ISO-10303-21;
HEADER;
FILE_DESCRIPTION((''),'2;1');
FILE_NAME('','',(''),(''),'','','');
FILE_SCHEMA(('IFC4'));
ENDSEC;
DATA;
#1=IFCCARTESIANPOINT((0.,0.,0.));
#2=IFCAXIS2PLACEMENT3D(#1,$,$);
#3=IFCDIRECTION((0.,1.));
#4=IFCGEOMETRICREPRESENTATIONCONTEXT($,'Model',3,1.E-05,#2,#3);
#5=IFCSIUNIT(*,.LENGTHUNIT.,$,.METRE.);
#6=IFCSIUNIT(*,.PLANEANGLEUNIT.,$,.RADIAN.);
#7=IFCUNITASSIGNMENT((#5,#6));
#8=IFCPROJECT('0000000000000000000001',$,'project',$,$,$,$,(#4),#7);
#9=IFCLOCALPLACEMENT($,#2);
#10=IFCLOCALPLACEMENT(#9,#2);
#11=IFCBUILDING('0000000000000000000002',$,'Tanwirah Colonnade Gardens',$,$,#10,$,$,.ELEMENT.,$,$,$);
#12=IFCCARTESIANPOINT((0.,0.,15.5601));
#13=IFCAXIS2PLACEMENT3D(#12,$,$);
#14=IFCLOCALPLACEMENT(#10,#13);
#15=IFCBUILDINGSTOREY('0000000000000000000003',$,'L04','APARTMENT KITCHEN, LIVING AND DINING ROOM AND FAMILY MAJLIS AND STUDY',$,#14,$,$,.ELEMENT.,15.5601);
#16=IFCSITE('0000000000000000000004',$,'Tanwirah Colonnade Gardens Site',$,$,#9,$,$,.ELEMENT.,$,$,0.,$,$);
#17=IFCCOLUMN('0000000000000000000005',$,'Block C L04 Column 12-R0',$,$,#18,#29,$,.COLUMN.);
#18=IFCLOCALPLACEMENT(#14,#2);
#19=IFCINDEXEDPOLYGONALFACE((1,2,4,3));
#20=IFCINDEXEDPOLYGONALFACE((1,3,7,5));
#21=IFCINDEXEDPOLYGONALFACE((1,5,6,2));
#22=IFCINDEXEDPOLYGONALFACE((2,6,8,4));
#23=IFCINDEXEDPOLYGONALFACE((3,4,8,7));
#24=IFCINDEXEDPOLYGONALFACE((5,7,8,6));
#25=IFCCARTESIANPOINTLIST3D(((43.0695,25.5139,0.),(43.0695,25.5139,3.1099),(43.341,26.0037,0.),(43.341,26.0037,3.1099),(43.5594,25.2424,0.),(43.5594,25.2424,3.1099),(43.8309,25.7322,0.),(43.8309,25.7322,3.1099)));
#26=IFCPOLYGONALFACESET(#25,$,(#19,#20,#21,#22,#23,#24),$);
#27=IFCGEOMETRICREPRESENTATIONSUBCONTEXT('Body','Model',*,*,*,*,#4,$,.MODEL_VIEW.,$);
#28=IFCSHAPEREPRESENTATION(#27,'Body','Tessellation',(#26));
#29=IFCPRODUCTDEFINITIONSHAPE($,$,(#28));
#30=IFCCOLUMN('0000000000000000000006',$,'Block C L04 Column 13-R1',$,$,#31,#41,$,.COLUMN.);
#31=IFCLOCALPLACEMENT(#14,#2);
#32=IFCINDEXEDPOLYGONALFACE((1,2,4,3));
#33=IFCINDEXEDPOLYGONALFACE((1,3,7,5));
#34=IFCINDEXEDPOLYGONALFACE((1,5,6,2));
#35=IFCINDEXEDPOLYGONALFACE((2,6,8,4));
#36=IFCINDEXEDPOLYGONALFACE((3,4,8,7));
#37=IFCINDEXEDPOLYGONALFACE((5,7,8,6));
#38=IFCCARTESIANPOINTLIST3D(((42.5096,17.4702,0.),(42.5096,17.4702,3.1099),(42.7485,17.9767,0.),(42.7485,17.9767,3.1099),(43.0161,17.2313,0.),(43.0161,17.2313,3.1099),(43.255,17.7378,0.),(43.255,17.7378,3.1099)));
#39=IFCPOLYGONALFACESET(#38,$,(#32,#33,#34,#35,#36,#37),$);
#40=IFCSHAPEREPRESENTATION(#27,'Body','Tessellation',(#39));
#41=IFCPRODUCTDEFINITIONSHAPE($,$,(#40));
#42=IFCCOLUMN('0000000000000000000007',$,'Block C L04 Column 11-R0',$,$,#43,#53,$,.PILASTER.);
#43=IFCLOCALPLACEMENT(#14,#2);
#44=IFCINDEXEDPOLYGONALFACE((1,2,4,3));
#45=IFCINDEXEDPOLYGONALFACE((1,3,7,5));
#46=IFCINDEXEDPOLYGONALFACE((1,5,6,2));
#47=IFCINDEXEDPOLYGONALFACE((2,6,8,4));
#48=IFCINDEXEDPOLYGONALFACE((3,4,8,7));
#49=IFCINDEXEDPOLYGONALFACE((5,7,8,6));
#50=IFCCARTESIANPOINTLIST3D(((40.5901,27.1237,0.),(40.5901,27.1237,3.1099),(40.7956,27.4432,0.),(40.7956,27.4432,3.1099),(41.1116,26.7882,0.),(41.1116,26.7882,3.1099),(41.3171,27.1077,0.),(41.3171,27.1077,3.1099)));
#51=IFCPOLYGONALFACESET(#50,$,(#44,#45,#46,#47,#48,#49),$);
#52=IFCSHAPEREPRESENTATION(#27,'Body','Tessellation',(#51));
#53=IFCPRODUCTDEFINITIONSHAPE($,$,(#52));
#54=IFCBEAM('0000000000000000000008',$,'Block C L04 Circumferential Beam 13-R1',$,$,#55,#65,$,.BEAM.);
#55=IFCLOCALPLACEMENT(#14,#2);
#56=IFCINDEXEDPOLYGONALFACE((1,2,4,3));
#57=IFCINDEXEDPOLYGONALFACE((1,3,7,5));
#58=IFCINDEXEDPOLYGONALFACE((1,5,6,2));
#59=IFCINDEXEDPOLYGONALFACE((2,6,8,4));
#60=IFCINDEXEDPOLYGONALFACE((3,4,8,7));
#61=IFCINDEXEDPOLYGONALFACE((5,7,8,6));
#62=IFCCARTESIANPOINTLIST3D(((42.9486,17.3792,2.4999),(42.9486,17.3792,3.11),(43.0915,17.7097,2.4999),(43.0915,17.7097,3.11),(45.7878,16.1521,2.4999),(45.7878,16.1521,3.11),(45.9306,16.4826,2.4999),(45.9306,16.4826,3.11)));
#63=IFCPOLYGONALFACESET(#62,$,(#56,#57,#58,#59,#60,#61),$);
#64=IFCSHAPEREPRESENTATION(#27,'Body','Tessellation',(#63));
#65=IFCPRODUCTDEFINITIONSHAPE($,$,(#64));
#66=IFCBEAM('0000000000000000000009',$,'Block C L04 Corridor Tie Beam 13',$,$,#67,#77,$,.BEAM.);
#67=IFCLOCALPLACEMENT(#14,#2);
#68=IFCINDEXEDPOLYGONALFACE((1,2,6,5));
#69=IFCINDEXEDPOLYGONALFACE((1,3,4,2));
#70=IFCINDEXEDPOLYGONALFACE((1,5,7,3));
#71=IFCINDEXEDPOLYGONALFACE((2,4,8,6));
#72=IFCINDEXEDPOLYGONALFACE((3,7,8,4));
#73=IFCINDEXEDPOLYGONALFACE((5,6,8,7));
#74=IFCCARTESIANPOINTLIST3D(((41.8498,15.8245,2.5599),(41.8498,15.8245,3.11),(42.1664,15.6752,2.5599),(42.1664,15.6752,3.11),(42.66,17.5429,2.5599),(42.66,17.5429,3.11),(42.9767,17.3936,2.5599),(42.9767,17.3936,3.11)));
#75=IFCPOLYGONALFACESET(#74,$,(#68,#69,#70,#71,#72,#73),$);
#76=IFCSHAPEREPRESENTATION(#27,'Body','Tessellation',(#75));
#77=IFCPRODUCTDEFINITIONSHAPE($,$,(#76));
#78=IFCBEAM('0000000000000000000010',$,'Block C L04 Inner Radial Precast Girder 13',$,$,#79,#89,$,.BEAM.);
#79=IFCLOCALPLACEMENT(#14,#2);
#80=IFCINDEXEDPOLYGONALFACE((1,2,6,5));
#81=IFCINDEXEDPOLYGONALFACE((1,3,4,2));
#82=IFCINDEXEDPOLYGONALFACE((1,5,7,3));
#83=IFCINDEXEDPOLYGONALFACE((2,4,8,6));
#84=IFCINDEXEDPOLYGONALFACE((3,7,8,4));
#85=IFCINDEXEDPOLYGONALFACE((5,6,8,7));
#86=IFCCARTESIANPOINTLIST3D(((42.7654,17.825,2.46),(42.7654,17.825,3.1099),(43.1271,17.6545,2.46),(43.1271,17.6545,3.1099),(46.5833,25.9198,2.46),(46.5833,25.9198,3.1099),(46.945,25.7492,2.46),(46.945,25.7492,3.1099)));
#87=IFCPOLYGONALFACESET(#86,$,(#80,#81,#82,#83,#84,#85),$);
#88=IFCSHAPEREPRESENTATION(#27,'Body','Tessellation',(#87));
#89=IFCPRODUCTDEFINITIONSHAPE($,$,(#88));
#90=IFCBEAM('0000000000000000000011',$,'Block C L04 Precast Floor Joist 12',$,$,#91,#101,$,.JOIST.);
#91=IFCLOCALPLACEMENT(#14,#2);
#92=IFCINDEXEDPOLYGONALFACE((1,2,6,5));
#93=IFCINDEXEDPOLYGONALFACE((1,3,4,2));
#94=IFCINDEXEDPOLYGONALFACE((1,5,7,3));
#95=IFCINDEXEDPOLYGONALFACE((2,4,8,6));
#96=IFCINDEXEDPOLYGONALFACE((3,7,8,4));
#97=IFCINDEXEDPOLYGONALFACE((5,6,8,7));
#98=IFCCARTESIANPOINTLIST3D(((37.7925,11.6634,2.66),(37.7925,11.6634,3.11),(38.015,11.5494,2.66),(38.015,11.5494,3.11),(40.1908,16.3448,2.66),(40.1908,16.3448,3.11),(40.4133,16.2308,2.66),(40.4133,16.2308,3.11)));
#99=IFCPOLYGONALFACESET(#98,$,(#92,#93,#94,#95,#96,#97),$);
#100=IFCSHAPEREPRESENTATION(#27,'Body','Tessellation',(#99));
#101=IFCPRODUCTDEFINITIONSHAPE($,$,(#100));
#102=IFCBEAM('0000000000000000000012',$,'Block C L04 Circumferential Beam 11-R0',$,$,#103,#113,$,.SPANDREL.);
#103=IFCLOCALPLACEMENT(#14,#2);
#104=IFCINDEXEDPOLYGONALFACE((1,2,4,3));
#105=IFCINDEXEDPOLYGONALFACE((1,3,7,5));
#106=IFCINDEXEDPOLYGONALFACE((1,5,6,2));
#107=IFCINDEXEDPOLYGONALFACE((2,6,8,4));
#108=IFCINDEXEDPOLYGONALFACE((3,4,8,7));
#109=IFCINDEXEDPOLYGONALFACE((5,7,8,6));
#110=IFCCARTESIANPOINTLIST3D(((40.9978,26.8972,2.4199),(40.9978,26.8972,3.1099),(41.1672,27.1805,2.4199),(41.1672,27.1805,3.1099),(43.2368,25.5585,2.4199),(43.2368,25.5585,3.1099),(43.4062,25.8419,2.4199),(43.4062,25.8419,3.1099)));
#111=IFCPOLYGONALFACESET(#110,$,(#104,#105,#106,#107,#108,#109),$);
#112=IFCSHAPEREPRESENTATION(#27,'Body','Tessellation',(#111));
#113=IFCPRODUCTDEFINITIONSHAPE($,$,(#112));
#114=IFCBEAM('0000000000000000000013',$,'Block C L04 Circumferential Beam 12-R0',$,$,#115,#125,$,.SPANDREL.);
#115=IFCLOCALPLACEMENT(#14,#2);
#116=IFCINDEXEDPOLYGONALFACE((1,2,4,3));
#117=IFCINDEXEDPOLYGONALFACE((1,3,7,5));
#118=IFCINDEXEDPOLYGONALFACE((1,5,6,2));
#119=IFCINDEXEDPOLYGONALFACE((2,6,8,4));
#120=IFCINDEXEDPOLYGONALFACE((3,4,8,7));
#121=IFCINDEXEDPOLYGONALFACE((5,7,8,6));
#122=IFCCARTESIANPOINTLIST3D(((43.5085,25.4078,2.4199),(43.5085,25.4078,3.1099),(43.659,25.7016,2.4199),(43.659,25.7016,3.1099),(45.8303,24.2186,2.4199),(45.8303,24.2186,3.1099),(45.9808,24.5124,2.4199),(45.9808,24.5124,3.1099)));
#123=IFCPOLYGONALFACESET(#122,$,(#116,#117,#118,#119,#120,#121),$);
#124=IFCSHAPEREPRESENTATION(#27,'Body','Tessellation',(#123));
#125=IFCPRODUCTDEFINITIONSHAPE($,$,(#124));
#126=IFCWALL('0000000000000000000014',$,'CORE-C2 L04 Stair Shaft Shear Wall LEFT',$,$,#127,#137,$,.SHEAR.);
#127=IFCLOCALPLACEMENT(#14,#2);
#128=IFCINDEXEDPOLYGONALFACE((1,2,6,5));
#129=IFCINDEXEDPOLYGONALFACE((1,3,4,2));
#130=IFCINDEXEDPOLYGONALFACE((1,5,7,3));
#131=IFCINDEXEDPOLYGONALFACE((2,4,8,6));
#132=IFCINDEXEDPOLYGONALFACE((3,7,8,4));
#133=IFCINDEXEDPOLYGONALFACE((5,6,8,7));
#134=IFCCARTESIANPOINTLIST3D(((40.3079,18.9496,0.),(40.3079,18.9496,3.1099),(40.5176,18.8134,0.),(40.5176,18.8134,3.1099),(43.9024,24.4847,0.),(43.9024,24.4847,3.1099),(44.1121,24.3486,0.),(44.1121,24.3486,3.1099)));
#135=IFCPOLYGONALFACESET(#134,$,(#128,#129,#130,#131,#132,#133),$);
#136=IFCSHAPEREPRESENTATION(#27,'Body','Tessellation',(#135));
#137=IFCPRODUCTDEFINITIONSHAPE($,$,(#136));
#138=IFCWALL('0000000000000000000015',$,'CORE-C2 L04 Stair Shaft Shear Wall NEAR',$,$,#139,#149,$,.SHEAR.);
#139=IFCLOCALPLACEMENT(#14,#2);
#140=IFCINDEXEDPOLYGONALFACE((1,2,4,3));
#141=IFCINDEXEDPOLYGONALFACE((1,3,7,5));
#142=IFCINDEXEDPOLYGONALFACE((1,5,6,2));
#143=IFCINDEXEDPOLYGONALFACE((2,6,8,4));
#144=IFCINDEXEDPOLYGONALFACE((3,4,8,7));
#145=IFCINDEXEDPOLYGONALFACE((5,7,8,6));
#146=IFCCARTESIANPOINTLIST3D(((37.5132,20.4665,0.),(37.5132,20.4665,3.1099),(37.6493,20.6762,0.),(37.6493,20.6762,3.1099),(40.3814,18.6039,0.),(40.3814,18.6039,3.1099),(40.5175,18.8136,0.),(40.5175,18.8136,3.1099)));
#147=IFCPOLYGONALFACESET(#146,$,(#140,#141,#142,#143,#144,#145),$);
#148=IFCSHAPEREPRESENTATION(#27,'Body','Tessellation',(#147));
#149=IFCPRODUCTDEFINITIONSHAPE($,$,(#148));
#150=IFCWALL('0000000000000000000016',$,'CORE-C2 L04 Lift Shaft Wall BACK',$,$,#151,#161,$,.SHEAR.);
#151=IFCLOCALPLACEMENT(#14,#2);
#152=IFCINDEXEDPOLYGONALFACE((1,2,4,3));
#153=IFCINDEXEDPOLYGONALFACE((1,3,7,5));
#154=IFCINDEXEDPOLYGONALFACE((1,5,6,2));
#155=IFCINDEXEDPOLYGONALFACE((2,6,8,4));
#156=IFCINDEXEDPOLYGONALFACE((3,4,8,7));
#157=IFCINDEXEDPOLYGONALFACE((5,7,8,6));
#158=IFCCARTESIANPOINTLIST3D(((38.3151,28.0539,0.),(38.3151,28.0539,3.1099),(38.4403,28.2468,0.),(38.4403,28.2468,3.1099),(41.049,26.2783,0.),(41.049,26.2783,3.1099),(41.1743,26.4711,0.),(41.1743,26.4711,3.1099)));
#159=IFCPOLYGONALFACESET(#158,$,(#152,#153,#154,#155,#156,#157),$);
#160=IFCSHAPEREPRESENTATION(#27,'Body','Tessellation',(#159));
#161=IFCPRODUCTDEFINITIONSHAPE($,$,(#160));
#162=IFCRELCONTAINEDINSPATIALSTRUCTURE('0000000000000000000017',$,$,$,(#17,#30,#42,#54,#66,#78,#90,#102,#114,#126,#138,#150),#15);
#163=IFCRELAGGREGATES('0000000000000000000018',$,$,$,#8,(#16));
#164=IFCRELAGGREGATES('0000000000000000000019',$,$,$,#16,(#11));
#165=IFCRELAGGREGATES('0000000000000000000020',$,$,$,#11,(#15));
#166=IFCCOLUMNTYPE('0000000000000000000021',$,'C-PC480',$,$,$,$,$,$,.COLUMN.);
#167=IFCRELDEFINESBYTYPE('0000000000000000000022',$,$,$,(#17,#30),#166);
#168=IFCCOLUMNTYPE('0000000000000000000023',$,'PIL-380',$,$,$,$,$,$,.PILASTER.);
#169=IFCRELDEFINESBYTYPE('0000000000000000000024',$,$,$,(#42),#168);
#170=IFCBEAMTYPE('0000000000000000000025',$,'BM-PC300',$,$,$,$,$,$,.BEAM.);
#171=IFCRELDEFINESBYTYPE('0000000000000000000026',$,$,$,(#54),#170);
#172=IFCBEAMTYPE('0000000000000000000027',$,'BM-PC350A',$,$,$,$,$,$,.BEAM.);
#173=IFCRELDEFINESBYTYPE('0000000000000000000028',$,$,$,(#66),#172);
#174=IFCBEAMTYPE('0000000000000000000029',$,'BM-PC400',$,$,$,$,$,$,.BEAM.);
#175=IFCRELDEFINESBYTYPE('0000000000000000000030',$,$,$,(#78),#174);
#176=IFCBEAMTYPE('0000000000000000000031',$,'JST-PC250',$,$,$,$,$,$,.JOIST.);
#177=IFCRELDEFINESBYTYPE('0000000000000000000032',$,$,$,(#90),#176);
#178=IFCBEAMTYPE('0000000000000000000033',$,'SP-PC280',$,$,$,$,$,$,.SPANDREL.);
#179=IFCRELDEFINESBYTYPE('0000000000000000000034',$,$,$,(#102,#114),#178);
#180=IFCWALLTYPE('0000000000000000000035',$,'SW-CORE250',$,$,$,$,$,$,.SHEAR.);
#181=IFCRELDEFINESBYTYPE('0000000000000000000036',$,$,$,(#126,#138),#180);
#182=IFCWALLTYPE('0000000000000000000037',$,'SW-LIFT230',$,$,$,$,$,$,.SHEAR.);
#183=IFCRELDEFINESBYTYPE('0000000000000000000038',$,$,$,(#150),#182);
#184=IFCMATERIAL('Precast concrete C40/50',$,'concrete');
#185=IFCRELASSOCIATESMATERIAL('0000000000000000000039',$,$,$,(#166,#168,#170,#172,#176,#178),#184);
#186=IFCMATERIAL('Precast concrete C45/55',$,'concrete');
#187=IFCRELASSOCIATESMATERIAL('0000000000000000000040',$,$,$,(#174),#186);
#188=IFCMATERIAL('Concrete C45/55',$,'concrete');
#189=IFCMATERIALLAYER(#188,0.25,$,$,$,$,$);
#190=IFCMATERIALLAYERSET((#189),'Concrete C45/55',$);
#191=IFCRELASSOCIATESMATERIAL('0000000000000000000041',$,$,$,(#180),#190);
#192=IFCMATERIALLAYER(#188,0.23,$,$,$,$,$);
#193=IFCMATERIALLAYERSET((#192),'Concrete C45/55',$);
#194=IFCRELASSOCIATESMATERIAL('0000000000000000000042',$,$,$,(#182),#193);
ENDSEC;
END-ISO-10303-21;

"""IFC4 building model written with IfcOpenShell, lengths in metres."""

from ifc_helpers import new_model, si_unit, direction, frame, frame_2d, origin, origin_2d, place, context, subcontext, project, spatial, rectangle, extrude, material, layer, layer_set, material_profile, profile_set, type_object, element, save


model = new_model("IFC4")

# Units and contexts
model_context = context("Model", 3, precision=1e-05, world=origin(), true_north=direction((0.0, 1.0)))
body_context = subcontext(model_context, "Body", "Model", "MODEL_VIEW")
ifc_project = project(units=[si_unit("LENGTHUNIT", "METRE"), si_unit("PLANEANGLEUNIT", "RADIAN")], contexts=[model_context])

# Site, building, storey
site_placement = place(None, origin())
site = spatial("IfcSite", under=ifc_project, at=site_placement, Name="Tanwirah Colonnade Gardens Site", CompositionType="ELEMENT", RefElevation=0.0)
building_placement = place(site_placement, origin())
building = spatial("IfcBuilding", under=site, at=building_placement, Name="Tanwirah Colonnade Gardens", CompositionType="ELEMENT")
storey_placement = place(building_placement, frame((0.0, 0.0, 15.5601)))
storey = spatial("IfcBuildingStorey", under=building, at=storey_placement, Name="L04", Description="APARTMENT KITCHEN, LIVING AND DINING ROOM AND FAMILY MAJLIS AND STUDY", CompositionType="ELEMENT", Elevation=15.5601)

# Columns
ifc_material_1 = material(Name="Precast concrete C40/50", Category="concrete")
ifc_material_profile_1 = material_profile(ifc_material_1, rectangle(XDim=0.5601, YDim=0.5601, at=origin_2d()), Name="PC-COL 560x560")
ifc_profile_set_1 = profile_set([ifc_material_profile_1], Name="Precast concrete C40/50")
column_type_1 = type_object("IfcColumnType", Name="C-PC480", PredefinedType="COLUMN", material=ifc_profile_set_1)
for number, where, z_axis, x_axis, name in (
    (1, (43.4502, 25.623, 0.0), (0.0, 0.0, 1.0), (-0.48481, -0.87462, 0.0), "Block C L04 Column 12-R0"),
    (2, (42.8823, 17.604, 0.0), (0.0, 0.0, 1.0), (-0.426569, -0.904455, 0.0), "Block C L04 Column 13-R1"),
):
    element("IfcColumn", number, at=place(storey_placement, frame(where, z_axis=z_axis, x_axis=x_axis)), inside=storey, type_object=column_type_1, Name=name, PredefinedType="COLUMN", context=body_context, shape_type="SweptSolid", body=[
        extrude(rectangle(XDim=0.5601, YDim=0.5601, at=origin_2d()), origin(), (0.0, 0.0, 1.0), 3.1099),
    ])
ifc_material_profile_2 = material_profile(ifc_material_1, rectangle(XDim=0.3799, YDim=0.6201, at=origin_2d()), Name="PC-PIL 380x620")
ifc_profile_set_2 = profile_set([ifc_material_profile_2], Name="Precast concrete C40/50")
column_type_2 = type_object("IfcColumnType", Name="PIL-380", PredefinedType="PILASTER", material=ifc_profile_set_2)
column_placement = place(storey_placement, frame((40.9536, 27.1157, 0.0), z_axis=(0.0, 0.0, 1.0), x_axis=(-0.540974, -0.841039, 0.0)))
element("IfcColumn", 3, at=column_placement, inside=storey, type_object=column_type_2, Name="Block C L04 Column 11-R0", PredefinedType="PILASTER", context=body_context, shape_type="SweptSolid", body=[
    extrude(rectangle(XDim=0.3799, YDim=0.6201, at=origin_2d()), origin(), (0.0, 0.0, 1.0), 3.1099),
])

# Beams
ifc_material_profile_3 = material_profile(ifc_material_1, rectangle(XDim=0.3601, YDim=0.6101, at=origin_2d()), Name="PC-BM 360x610")
ifc_profile_set_3 = profile_set([ifc_material_profile_3], Name="Precast concrete C40/50")
beam_type_1 = type_object("IfcBeamType", Name="BM-PC300", PredefinedType="BEAM", material=ifc_profile_set_3)
beam_1_placement = place(storey_placement, frame((43.02, 17.5444, 2.8049), z_axis=(0.917936, -0.396728, 0.0), x_axis=(0.396728, 0.917936, 0.0)))
element("IfcBeam", 4, at=beam_1_placement, inside=storey, type_object=beam_type_1, Name="Block C L04 Circumferential Beam 13-R1", PredefinedType="BEAM", context=body_context, shape_type="SweptSolid", body=[
    extrude(rectangle(XDim=0.3601, YDim=0.6101, at=origin_2d()), origin(), (0.0, 0.0, 1.0), 3.093),
])
ifc_material_profile_4 = material_profile(ifc_material_1, rectangle(XDim=0.3501, YDim=0.55, at=origin_2d()), Name="PC-BM 350x550")
ifc_profile_set_4 = profile_set([ifc_material_profile_4], Name="Precast concrete C40/50")
beam_type_2 = type_object("IfcBeamType", Name="BM-PC350A", PredefinedType="BEAM", material=ifc_profile_set_4)
beam_2_placement = place(storey_placement, frame((42.8184, 17.4683, 2.835), z_axis=(-0.426484, -0.904495, 0.0), x_axis=(0.904495, -0.426484, 0.0)))
element("IfcBeam", 5, at=beam_2_placement, inside=storey, type_object=beam_type_2, Name="Block C L04 Corridor Tie Beam 13", PredefinedType="BEAM", context=body_context, shape_type="SweptSolid", body=[
    extrude(rectangle(XDim=0.3501, YDim=0.55, at=origin_2d()), origin(), (0.0, 0.0, 1.0), 1.8999),
])
ifc_material_2 = material(Name="Precast concrete C45/55", Category="concrete")
ifc_material_profile_5 = material_profile(ifc_material_2, rectangle(XDim=0.3999, YDim=0.6499, at=origin_2d()), Name="PC-BM 400x650")
ifc_profile_set_5 = profile_set([ifc_material_profile_5], Name="Precast concrete C45/55")
beam_type_3 = type_object("IfcBeamType", Name="BM-PC400", PredefinedType="BEAM", material=ifc_profile_set_5)
beam_3_placement = place(storey_placement, frame((42.9463, 17.7397, 2.7849), z_axis=(0.426582, 0.904449, 0.0), x_axis=(-0.904449, 0.426582, 0.0)))
element("IfcBeam", 6, at=beam_3_placement, inside=storey, type_object=beam_type_3, Name="Block C L04 Inner Radial Precast Girder 13", PredefinedType="BEAM", context=body_context, shape_type="SweptSolid", body=[
    extrude(rectangle(XDim=0.3999, YDim=0.6499, at=origin_2d()), origin(), (0.0, 0.0, 1.0), 8.95),
])
ifc_material_profile_6 = material_profile(ifc_material_1, rectangle(XDim=0.25, YDim=0.45, at=origin_2d()), Name="PC-JST 250x450")
ifc_profile_set_6 = profile_set([ifc_material_profile_6], Name="Precast concrete C40/50")
beam_type_4 = type_object("IfcBeamType", Name="JST-PC250", PredefinedType="JOIST", material=ifc_profile_set_6)
beam_4_placement = place(storey_placement, frame((40.302, 16.2878, 2.885), z_axis=(-0.455937, -0.890012, 0.0), x_axis=(0.890012, -0.455937, 0.0)))
element("IfcBeam", 7, at=beam_4_placement, inside=storey, type_object=beam_type_4, Name="Block C L04 Precast Floor Joist 12", PredefinedType="JOIST", context=body_context, shape_type="SweptSolid", body=[
    extrude(rectangle(XDim=0.25, YDim=0.45, at=origin_2d()), origin(), (0.0, 0.0, 1.0), 5.26),
])
ifc_material_profile_7 = material_profile(ifc_material_1, rectangle(XDim=0.3301, YDim=0.6899, at=origin_2d()), Name="PC-SP 330x690")
ifc_profile_set_7 = profile_set([ifc_material_profile_7], Name="Precast concrete C40/50")
beam_type_5 = type_object("IfcBeamType", Name="SP-PC280", PredefinedType="SPANDREL", material=ifc_profile_set_7)
for number, where, z_axis, x_axis, name in (
    (8, (41.0825, 27.0388, 2.7649), (0.858301, -0.513146, 0.0), (0.513146, 0.858301, 0.0), "Block C L04 Circumferential Beam 11-R0"),
    (9, (43.5837, 25.5547, 2.7649), (0.890042, -0.455878, 0.0), (0.455878, 0.890042, 0.0), "Block C L04 Circumferential Beam 12-R0"),
):
    element("IfcBeam", number, at=place(storey_placement, frame(where, z_axis=z_axis, x_axis=x_axis)), inside=storey, type_object=beam_type_5, Name=name, PredefinedType="SPANDREL", context=body_context, shape_type="SweptSolid", body=[
        extrude(rectangle(XDim=0.3301, YDim=0.6899, at=origin_2d()), origin(), (0.0, 0.0, 1.0), 2.6086),
    ])

# Walls
ifc_material_3 = material(Name="Concrete C45/55", Category="concrete")
ifc_layer_1 = layer(ifc_material_3, 0.25)
ifc_layer_set_1 = layer_set([ifc_layer_1], Name="Concrete C45/55")
wall_type_1 = type_object("IfcWallType", Name="SW-CORE250", PredefinedType="SHEAR", material=ifc_layer_set_1)
wall_1_placement = place(storey_placement, frame((40.4128, 18.8816, 0.0), z_axis=(0.0, 0.0, 1.0), x_axis=(0.544629, 0.838677, 0.0)))
element("IfcWall", 10, at=wall_1_placement, inside=storey, type_object=wall_type_1, Name="CORE-C2 L04 Stair Shaft Shear Wall LEFT", PredefinedType="SHEAR", context=body_context, shape_type="SweptSolid", body=[
    extrude(rectangle(XDim=6.5999, YDim=0.25, at=frame_2d((3.2998, 0.0))), origin(), (0.0, 0.0, 1.0), 3.1099),
])
wall_2_placement = place(storey_placement, frame((40.4495, 18.7087, 0.0), z_axis=(0.0, 0.0, 1.0), x_axis=(-0.838678, 0.544627, 0.0)))
element("IfcWall", 11, at=wall_2_placement, inside=storey, type_object=wall_type_1, Name="CORE-C2 L04 Stair Shaft Shear Wall NEAR", PredefinedType="SHEAR", context=body_context, shape_type="SweptSolid", body=[
    extrude(rectangle(XDim=3.4199, YDim=0.25, at=frame_2d((1.71, 0.0))), origin(), (0.0, 0.0, 1.0), 3.1099),
])
ifc_layer_2 = layer(ifc_material_3, 0.23)
ifc_layer_set_2 = layer_set([ifc_layer_2], Name="Concrete C45/55")
wall_type_2 = type_object("IfcWallType", Name="SW-LIFT230", PredefinedType="SHEAR", material=ifc_layer_set_2)
wall_3_placement = place(storey_placement, frame((41.1116, 26.3748, 0.0), z_axis=(0.0, 0.0, 1.0), x_axis=(-0.838639, 0.544688, 0.0)))
element("IfcWall", 12, at=wall_3_placement, inside=storey, type_object=wall_type_2, Name="CORE-C2 L04 Lift Shaft Wall BACK", PredefinedType="SHEAR", context=body_context, shape_type="SweptSolid", body=[
    extrude(rectangle(XDim=3.26, YDim=0.23, at=frame_2d((1.6299, 0.0))), origin(), (0.0, 0.0, 1.0), 3.1099),
])

save(model, "model.ifc")
